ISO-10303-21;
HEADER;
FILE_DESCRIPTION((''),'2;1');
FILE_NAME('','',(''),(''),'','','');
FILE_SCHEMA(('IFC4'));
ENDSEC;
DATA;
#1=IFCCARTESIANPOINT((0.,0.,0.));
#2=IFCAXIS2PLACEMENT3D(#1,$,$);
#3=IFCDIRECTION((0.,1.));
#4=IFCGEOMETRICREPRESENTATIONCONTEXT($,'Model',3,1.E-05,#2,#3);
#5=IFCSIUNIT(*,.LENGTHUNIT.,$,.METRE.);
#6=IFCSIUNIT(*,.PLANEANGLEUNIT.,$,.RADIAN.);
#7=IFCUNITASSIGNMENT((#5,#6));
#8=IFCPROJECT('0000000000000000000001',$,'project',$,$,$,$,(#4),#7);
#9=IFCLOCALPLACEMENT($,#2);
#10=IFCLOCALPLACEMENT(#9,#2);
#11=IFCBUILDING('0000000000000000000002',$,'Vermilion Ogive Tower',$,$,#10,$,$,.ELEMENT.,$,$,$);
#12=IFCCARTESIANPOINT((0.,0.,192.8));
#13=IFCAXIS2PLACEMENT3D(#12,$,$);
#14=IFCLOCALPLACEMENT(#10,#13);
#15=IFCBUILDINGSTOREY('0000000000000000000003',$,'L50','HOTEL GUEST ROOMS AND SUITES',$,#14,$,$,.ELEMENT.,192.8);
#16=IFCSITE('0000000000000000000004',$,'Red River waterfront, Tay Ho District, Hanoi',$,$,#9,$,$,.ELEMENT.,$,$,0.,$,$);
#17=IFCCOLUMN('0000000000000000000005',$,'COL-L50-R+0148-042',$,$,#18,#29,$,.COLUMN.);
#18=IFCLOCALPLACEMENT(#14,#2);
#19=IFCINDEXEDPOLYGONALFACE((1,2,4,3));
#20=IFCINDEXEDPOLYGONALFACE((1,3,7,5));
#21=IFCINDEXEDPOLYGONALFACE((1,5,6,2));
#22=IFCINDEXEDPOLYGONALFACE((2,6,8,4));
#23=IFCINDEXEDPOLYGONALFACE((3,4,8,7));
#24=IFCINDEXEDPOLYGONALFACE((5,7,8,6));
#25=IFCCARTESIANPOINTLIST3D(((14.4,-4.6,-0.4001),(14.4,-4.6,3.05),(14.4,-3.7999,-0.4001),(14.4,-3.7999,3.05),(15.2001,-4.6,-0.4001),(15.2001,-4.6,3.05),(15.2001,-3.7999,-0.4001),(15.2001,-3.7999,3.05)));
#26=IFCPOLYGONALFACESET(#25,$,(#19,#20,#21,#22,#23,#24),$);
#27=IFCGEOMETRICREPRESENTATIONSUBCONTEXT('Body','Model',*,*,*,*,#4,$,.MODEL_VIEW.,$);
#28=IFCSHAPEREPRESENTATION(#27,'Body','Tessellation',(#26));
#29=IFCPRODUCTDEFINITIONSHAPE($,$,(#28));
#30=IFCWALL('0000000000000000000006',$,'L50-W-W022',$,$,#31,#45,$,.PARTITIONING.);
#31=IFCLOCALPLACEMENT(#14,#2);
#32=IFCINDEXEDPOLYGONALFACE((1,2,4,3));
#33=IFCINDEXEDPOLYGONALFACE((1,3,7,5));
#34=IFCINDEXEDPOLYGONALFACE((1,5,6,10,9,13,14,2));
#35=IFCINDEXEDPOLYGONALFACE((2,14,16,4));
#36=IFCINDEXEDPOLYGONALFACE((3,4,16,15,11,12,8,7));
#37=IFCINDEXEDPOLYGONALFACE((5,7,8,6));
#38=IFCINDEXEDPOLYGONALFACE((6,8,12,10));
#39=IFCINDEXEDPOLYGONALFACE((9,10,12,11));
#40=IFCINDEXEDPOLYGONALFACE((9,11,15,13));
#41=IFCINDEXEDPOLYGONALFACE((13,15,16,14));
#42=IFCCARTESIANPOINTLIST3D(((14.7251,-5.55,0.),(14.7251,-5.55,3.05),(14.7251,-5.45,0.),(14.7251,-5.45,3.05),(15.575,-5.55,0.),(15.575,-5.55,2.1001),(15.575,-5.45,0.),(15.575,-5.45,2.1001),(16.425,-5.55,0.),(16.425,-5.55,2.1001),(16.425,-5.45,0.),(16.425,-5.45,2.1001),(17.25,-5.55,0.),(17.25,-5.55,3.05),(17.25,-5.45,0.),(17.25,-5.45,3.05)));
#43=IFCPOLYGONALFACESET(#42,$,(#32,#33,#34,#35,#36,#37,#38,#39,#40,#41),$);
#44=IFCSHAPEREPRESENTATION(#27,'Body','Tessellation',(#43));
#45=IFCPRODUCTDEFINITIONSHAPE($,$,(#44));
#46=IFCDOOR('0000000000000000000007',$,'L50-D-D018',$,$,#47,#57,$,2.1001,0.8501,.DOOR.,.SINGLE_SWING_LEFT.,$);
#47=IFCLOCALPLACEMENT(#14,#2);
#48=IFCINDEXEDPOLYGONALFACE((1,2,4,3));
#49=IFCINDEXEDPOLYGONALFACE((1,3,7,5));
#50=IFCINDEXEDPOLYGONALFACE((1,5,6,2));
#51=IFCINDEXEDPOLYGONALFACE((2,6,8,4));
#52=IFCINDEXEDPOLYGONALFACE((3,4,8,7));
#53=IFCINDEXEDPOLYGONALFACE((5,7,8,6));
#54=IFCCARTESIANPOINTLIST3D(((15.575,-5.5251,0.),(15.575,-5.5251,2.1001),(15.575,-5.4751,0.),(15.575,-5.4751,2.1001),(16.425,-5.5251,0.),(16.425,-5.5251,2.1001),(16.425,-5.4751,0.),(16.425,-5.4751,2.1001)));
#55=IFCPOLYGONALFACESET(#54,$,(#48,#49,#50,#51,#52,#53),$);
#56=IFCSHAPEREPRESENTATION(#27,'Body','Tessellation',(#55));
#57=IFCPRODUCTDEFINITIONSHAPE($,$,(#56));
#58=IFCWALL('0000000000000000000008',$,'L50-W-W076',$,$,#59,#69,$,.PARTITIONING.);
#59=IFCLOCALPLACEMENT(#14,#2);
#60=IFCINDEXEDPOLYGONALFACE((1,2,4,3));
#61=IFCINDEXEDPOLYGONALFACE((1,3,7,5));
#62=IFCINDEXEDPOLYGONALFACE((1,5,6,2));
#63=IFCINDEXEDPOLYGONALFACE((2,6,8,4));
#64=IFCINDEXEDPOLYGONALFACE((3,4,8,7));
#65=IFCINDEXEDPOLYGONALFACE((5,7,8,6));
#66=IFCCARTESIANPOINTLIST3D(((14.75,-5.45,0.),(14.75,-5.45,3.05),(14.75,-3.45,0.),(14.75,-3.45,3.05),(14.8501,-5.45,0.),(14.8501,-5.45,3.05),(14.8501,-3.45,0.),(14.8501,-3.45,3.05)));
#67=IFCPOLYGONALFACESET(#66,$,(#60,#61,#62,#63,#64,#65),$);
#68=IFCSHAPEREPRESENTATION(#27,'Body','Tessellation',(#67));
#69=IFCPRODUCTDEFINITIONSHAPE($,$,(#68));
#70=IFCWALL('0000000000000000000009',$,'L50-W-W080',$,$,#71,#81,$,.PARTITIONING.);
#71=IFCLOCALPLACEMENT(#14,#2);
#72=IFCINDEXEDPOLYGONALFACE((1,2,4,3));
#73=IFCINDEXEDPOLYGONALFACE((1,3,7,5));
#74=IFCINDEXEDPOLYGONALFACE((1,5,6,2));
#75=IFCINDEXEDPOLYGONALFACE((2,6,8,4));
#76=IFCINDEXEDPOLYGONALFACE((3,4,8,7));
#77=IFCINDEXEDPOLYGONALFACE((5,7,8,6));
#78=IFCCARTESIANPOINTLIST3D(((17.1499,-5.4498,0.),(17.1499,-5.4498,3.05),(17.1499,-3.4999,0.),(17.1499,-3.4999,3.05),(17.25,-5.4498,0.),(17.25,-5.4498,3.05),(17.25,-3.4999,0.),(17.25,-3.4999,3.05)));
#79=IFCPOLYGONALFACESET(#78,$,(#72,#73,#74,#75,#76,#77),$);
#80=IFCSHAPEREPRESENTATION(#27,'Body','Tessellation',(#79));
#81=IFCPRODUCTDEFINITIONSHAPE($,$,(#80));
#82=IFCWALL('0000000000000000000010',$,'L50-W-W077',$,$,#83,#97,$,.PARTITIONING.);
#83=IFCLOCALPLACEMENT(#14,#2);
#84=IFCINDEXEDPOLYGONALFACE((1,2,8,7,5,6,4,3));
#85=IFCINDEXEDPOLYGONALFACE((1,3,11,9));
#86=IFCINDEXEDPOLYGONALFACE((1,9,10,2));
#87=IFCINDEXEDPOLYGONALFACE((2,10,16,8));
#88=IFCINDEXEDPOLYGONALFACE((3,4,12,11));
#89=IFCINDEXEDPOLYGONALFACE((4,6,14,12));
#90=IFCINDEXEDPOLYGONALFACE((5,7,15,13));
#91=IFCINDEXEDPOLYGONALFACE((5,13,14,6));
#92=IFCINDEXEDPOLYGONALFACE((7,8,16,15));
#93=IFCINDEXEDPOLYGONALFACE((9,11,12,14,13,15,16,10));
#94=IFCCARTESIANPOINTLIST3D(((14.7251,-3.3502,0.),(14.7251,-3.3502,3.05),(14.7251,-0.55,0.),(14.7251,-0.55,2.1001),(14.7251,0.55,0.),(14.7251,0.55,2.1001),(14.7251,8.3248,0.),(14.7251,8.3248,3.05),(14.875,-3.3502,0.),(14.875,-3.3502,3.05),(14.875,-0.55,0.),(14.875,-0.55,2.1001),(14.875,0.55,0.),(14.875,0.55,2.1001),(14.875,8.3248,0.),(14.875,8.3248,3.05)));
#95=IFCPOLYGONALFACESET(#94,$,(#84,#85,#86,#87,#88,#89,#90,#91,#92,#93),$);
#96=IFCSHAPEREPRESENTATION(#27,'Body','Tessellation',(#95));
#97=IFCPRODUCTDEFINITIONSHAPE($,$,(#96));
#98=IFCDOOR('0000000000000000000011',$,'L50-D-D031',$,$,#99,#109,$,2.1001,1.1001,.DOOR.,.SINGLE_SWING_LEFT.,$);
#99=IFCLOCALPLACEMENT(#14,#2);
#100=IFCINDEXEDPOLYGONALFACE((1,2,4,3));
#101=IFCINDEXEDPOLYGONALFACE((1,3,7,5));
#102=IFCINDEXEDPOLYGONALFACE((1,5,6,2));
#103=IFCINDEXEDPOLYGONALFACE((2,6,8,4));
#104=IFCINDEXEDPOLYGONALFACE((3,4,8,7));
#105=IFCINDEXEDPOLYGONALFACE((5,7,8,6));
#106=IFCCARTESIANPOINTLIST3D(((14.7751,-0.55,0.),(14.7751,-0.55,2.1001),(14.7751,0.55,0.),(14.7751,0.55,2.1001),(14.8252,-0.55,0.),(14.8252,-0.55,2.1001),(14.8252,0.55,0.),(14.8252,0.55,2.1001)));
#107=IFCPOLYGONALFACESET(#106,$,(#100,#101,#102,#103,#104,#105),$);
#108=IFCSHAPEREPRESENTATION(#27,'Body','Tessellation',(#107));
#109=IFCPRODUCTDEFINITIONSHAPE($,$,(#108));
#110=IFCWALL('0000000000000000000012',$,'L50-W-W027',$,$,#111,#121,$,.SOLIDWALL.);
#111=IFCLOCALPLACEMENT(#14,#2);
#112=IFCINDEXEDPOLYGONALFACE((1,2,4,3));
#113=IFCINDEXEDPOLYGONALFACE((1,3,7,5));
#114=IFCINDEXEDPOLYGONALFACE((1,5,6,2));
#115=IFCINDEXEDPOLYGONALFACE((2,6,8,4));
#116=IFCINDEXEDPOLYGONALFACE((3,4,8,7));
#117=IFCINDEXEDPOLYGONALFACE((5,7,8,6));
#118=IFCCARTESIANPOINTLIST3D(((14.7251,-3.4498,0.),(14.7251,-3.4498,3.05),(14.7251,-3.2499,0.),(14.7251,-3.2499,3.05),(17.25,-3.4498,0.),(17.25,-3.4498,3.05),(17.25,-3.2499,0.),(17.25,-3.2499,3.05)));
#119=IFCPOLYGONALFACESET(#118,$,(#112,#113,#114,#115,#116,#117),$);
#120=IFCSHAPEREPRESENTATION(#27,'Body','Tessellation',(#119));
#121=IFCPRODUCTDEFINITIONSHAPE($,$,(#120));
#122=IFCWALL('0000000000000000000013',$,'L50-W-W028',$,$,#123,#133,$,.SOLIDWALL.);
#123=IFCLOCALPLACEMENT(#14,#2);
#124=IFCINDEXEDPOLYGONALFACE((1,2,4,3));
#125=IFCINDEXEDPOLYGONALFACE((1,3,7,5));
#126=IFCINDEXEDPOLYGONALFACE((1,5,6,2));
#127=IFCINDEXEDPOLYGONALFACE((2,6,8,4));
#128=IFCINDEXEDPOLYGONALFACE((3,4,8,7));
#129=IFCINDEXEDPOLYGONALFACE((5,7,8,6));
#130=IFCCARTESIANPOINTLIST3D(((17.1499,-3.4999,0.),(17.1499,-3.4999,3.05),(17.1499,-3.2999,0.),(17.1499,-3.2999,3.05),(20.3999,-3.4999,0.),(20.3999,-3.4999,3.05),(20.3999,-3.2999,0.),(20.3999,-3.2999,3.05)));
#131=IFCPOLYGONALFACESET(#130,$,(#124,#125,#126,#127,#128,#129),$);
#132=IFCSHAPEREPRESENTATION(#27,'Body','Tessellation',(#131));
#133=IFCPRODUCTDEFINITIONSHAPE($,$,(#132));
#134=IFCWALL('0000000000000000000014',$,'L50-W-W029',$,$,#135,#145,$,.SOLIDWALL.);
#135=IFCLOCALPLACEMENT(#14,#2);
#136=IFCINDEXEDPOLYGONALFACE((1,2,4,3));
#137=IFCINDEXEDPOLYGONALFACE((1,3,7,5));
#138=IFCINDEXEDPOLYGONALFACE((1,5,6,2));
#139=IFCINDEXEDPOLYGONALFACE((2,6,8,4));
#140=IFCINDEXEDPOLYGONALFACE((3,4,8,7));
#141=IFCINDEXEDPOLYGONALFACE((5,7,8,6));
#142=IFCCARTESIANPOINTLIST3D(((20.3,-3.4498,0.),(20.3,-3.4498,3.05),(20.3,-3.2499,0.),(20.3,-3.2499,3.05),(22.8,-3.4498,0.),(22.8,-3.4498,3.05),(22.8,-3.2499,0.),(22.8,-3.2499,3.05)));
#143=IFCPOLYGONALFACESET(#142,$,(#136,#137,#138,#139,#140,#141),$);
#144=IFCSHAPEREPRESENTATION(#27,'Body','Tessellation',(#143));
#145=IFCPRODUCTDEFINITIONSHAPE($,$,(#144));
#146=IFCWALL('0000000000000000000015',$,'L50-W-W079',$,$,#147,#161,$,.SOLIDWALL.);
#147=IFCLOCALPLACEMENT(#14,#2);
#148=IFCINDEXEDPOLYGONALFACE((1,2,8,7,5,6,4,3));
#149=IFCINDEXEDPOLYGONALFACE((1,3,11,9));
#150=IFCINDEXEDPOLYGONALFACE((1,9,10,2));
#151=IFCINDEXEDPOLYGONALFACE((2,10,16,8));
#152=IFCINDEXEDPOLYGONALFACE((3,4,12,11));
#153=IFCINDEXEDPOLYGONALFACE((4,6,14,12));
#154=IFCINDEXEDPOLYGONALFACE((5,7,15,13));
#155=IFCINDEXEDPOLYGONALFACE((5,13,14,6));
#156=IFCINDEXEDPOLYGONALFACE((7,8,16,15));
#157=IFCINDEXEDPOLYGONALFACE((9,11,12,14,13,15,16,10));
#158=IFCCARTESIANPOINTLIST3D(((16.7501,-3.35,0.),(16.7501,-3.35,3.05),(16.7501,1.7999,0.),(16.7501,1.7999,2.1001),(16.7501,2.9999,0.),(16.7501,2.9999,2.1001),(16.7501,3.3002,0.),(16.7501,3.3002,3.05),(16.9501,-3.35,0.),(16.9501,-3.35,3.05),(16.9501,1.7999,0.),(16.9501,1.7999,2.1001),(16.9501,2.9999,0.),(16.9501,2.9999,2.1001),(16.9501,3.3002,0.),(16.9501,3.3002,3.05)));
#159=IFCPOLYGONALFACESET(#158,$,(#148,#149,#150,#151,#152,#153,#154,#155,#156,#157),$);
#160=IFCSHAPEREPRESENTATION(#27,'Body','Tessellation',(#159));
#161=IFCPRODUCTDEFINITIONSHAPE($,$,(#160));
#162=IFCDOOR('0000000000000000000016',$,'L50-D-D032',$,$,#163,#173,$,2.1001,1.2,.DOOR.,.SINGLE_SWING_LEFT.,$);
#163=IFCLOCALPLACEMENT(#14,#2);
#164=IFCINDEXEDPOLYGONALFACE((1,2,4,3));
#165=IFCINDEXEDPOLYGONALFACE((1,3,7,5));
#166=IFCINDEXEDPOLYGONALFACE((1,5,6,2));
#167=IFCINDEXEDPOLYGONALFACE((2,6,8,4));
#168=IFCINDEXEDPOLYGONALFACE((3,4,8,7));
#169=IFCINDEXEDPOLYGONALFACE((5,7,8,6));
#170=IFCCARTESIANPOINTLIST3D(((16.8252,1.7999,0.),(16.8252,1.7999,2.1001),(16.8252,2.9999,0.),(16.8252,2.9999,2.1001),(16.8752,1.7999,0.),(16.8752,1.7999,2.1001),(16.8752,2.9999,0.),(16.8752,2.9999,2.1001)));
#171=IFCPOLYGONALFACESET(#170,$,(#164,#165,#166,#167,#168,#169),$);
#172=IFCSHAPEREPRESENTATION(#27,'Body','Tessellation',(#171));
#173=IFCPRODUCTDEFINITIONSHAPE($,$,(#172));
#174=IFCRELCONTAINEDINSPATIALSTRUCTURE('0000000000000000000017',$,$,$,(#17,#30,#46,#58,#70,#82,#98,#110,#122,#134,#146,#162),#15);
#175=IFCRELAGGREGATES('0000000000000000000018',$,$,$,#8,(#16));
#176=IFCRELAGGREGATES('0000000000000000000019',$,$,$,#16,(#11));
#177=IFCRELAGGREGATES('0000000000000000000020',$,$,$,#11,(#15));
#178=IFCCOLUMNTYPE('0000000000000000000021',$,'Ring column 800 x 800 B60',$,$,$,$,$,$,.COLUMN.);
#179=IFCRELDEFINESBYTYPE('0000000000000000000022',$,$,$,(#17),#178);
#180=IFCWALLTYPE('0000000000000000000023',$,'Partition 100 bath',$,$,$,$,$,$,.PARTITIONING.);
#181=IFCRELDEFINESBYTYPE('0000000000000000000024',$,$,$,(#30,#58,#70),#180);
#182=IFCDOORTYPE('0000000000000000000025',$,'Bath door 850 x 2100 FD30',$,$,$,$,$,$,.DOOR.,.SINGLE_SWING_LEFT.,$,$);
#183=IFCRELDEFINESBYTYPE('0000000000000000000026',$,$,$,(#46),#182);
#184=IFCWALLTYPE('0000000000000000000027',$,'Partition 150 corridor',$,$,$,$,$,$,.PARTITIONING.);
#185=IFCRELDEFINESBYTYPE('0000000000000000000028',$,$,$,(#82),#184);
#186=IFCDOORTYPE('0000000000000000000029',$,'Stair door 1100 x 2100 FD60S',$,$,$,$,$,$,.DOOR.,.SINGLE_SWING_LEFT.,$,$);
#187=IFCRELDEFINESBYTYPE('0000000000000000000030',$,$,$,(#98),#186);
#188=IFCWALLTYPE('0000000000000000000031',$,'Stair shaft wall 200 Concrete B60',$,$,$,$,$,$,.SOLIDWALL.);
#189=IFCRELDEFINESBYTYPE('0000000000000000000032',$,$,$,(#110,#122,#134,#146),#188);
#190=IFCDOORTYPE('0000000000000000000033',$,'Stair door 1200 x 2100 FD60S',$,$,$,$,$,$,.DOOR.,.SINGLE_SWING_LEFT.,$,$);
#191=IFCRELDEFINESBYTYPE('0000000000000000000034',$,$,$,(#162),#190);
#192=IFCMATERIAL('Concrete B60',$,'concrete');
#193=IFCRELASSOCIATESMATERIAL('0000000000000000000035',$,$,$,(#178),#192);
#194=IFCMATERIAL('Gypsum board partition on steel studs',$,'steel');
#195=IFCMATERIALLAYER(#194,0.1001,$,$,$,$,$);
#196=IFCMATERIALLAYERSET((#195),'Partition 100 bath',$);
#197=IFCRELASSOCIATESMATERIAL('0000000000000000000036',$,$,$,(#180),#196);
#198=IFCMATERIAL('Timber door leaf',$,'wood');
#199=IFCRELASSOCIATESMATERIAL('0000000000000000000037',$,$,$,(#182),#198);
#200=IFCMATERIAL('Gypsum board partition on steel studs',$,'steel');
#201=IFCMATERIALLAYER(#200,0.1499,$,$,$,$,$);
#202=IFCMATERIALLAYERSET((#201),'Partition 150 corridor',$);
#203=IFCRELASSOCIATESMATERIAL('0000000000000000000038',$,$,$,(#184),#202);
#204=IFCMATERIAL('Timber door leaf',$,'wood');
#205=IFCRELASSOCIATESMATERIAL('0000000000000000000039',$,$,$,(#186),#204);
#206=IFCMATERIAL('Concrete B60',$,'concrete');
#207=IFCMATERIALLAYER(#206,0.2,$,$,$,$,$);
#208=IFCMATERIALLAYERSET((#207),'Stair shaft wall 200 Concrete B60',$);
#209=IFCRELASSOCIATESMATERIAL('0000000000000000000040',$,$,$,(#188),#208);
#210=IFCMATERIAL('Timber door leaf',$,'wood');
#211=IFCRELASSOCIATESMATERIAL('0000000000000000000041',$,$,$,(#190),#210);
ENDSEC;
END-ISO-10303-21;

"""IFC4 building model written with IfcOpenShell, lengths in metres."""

from ifc_helpers import new_model, si_unit, direction, frame, frame_2d, origin, origin_2d, place, context, subcontext, project, spatial, rectangle, extrude, material, layer, layer_set, material_profile, profile_set, type_object, element, fill, save


model = new_model("IFC4")

# Units and contexts
model_context = context("Model", 3, precision=1e-05, world=origin(), true_north=direction((0.0, 1.0)))
body_context = subcontext(model_context, "Body", "Model", "MODEL_VIEW")
ifc_project = project(units=[si_unit("LENGTHUNIT", "METRE"), si_unit("PLANEANGLEUNIT", "RADIAN")], contexts=[model_context])

# Site, building, storey
site_placement = place(None, origin())
site = spatial("IfcSite", under=ifc_project, at=site_placement, Name="Red River waterfront, Tay Ho District, Hanoi", CompositionType="ELEMENT", RefElevation=0.0)
building_placement = place(site_placement, origin())
building = spatial("IfcBuilding", under=site, at=building_placement, Name="Vermilion Ogive Tower", CompositionType="ELEMENT")
storey_placement = place(building_placement, frame((0.0, 0.0, 192.8)))
storey = spatial("IfcBuildingStorey", under=building, at=storey_placement, Name="L50", Description="HOTEL GUEST ROOMS AND SUITES", CompositionType="ELEMENT", Elevation=192.8)

# Column
ifc_material_1 = material(Name="Concrete B60", Category="concrete")
ifc_material_profile = material_profile(ifc_material_1, rectangle(XDim=0.8, YDim=0.8, at=origin_2d()), Name="800 x 800")
ifc_profile_set = profile_set([ifc_material_profile], Name="Concrete B60")
column_type = type_object("IfcColumnType", Name="Ring column 800 x 800 B60", PredefinedType="COLUMN", material=ifc_profile_set)
column_placement = place(storey_placement, frame((14.8, -4.2, -0.4001), z_axis=(0.0, 0.0, 1.0), x_axis=(1.0, 0.0, 0.0)))
element("IfcColumn", 1, at=column_placement, inside=storey, type_object=column_type, Name="COL-L50-R+0148-042", PredefinedType="COLUMN", context=body_context, shape_type="SweptSolid", body=[
    extrude(rectangle(XDim=0.8, YDim=0.8, at=origin_2d()), origin(), (0.0, 0.0, 1.0), 3.4502),
])

# Wall, opening, door
ifc_material_2 = material(Name="Gypsum board partition on steel studs", Category="steel")
ifc_layer_1 = layer(ifc_material_2, 0.1001)
ifc_layer_set_1 = layer_set([ifc_layer_1], Name="Partition 100 bath")
wall_type_1 = type_object("IfcWallType", Name="Partition 100 bath", PredefinedType="PARTITIONING", material=ifc_layer_set_1)
wall_1_placement = place(storey_placement, frame((14.7251, -5.5, 0.0), z_axis=(0.0, 0.0, 1.0), x_axis=(1.0, 0.0, 0.0)))
wall_1 = element("IfcWall", 2, at=wall_1_placement, inside=storey, type_object=wall_type_1, Name="L50-W-W022", PredefinedType="PARTITIONING", context=body_context, shape_type="SweptSolid", body=[
    extrude(rectangle(XDim=2.5249, YDim=0.1001, at=frame_2d((1.2625, 0.0))), origin(), (0.0, 0.0, 1.0), 3.05),
])
opening_1_placement = place(wall_1_placement, frame((0.8499, 0.0, 0.0)))
opening_1 = element("IfcOpeningElement", 3, at=opening_1_placement, cuts=wall_1, PredefinedType="OPENING", context=body_context, shape_type="SweptSolid", body=[
    extrude(rectangle(XDim=0.8501, YDim=2.1001, at=frame_2d((0.425, 1.05))), frame((0.0, 0.0601, 0.0), z_axis=(0.0, -1.0, 0.0), x_axis=(1.0, 0.0, 0.0)), (0.0, 0.0, 1.0), 0.1201),
])
ifc_material_3 = material(Name="Timber door leaf", Category="wood")
door_type_1 = type_object("IfcDoorType", Name="Bath door 850 x 2100 FD30", OperationType="SINGLE_SWING_LEFT", PredefinedType="DOOR", material=ifc_material_3)
door_1_placement = place(opening_1_placement, origin())
door_1 = element("IfcDoor", 4, at=door_1_placement, inside=storey, type_object=door_type_1, Name="L50-D-D018", OperationType="SINGLE_SWING_LEFT", OverallHeight=2.1001, OverallWidth=0.8501, PredefinedType="DOOR", context=body_context, shape_type="SweptSolid", body=[
    extrude(rectangle(XDim=0.8501, YDim=2.1001, at=frame_2d((0.425, 1.05))), frame((0.0, 0.0249, 0.0), z_axis=(0.0, -1.0, 0.0), x_axis=(1.0, 0.0, 0.0)), (0.0, 0.0, 1.0), 0.05),
])
fill(opening_1, door_1)

# Walls
wall_2_placement = place(storey_placement, frame((14.8, -5.45, 0.0), z_axis=(0.0, 0.0, 1.0), x_axis=(0.0, 1.0, 0.0)))
element("IfcWall", 5, at=wall_2_placement, inside=storey, type_object=wall_type_1, Name="L50-W-W076", PredefinedType="PARTITIONING", context=body_context, shape_type="SweptSolid", body=[
    extrude(rectangle(XDim=2.0, YDim=0.1001, at=frame_2d((1.0, 0.0))), origin(), (0.0, 0.0, 1.0), 3.05),
])
wall_3_placement = place(storey_placement, frame((17.2, -5.45, 0.0), z_axis=(0.0, 0.0, 1.0), x_axis=(0.0, 1.0, 0.0)))
element("IfcWall", 6, at=wall_3_placement, inside=storey, type_object=wall_type_1, Name="L50-W-W080", PredefinedType="PARTITIONING", context=body_context, shape_type="SweptSolid", body=[
    extrude(rectangle(XDim=1.95, YDim=0.1001, at=frame_2d((0.9751, 0.0))), origin(), (0.0, 0.0, 1.0), 3.05),
])

# Wall, opening, door
ifc_material_4 = material(Name="Gypsum board partition on steel studs", Category="steel")
ifc_layer_2 = layer(ifc_material_4, 0.1499)
ifc_layer_set_2 = layer_set([ifc_layer_2], Name="Partition 150 corridor")
wall_type_2 = type_object("IfcWallType", Name="Partition 150 corridor", PredefinedType="PARTITIONING", material=ifc_layer_set_2)
wall_4_placement = place(storey_placement, frame((14.8, -3.3501, 0.0), z_axis=(0.0, 0.0, 1.0), x_axis=(0.0, 1.0, 0.0)))
wall_4 = element("IfcWall", 7, at=wall_4_placement, inside=storey, type_object=wall_type_2, Name="L50-W-W077", PredefinedType="PARTITIONING", context=body_context, shape_type="SweptSolid", body=[
    extrude(rectangle(XDim=11.675, YDim=0.1499, at=frame_2d((5.8374, 0.0))), origin(), (0.0, 0.0, 1.0), 3.05),
])
opening_2_placement = place(wall_4_placement, frame((2.8, 0.0, 0.0)))
opening_2 = element("IfcOpeningElement", 8, at=opening_2_placement, cuts=wall_4, PredefinedType="OPENING", context=body_context, shape_type="SweptSolid", body=[
    extrude(rectangle(XDim=1.1001, YDim=2.1001, at=frame_2d((0.55, 1.05))), frame((0.0, 0.085, 0.0), z_axis=(0.0, -1.0, 0.0), x_axis=(1.0, 0.0, 0.0)), (0.0, 0.0, 1.0), 0.1699),
])
ifc_material_5 = material(Name="Timber door leaf", Category="wood")
door_type_2 = type_object("IfcDoorType", Name="Stair door 1100 x 2100 FD60S", OperationType="SINGLE_SWING_LEFT", PredefinedType="DOOR", material=ifc_material_5)
door_2_placement = place(opening_2_placement, origin())
door_2 = element("IfcDoor", 9, at=door_2_placement, inside=storey, type_object=door_type_2, Name="L50-D-D031", OperationType="SINGLE_SWING_LEFT", OverallHeight=2.1001, OverallWidth=1.1001, PredefinedType="DOOR", context=body_context, shape_type="SweptSolid", body=[
    extrude(rectangle(XDim=1.1001, YDim=2.1001, at=frame_2d((0.55, 1.05))), frame((0.0, 0.0249, 0.0), z_axis=(0.0, -1.0, 0.0), x_axis=(1.0, 0.0, 0.0)), (0.0, 0.0, 1.0), 0.05),
])
fill(opening_2, door_2)

# Walls
ifc_material_6 = material(Name="Concrete B60", Category="concrete")
ifc_layer_3 = layer(ifc_material_6, 0.2)
ifc_layer_set_3 = layer_set([ifc_layer_3], Name="Stair shaft wall 200 Concrete B60")
wall_type_3 = type_object("IfcWallType", Name="Stair shaft wall 200 Concrete B60", PredefinedType="SOLIDWALL", material=ifc_layer_set_3)
wall_5_placement = place(storey_placement, frame((14.7251, -3.3499, 0.0), z_axis=(0.0, 0.0, 1.0), x_axis=(1.0, 0.0, 0.0)))
element("IfcWall", 10, at=wall_5_placement, inside=storey, type_object=wall_type_3, Name="L50-W-W027", PredefinedType="SOLIDWALL", context=body_context, shape_type="SweptSolid", body=[
    extrude(rectangle(XDim=2.5249, YDim=0.2, at=frame_2d((1.2625, 0.0))), origin(), (0.0, 0.0, 1.0), 3.05),
])
wall_6_placement = place(storey_placement, frame((17.1499, -3.3999, 0.0), z_axis=(0.0, 0.0, 1.0), x_axis=(1.0, 0.0, 0.0)))
element("IfcWall", 11, at=wall_6_placement, inside=storey, type_object=wall_type_3, Name="L50-W-W028", PredefinedType="SOLIDWALL", context=body_context, shape_type="SweptSolid", body=[
    extrude(rectangle(XDim=3.25, YDim=0.2, at=frame_2d((1.625, 0.0))), origin(), (0.0, 0.0, 1.0), 3.05),
])
wall_7_placement = place(storey_placement, frame((20.3, -3.3499, 0.0), z_axis=(0.0, 0.0, 1.0), x_axis=(1.0, 0.0, 0.0)))
element("IfcWall", 12, at=wall_7_placement, inside=storey, type_object=wall_type_3, Name="L50-W-W029", PredefinedType="SOLIDWALL", context=body_context, shape_type="SweptSolid", body=[
    extrude(rectangle(XDim=2.5, YDim=0.2, at=frame_2d((1.25, 0.0))), origin(), (0.0, 0.0, 1.0), 3.05),
])

# Wall, opening, door
wall_8_placement = place(storey_placement, frame((16.8501, -3.3501, 0.0), z_axis=(0.0, 0.0, 1.0), x_axis=(0.0, 1.0, 0.0)))
wall_8 = element("IfcWall", 13, at=wall_8_placement, inside=storey, type_object=wall_type_3, Name="L50-W-W079", PredefinedType="SOLIDWALL", context=body_context, shape_type="SweptSolid", body=[
    extrude(rectangle(XDim=6.6501, YDim=0.2, at=frame_2d((3.3252, 0.0))), origin(), (0.0, 0.0, 1.0), 3.05),
])
opening_3_placement = place(wall_8_placement, frame((5.1499, 0.0, 0.0)))
opening_3 = element("IfcOpeningElement", 14, at=opening_3_placement, cuts=wall_8, PredefinedType="OPENING", context=body_context, shape_type="SweptSolid", body=[
    extrude(rectangle(XDim=1.2, YDim=2.1001, at=frame_2d((0.6001, 1.05))), frame((0.0, 0.1099, 0.0), z_axis=(0.0, -1.0, 0.0), x_axis=(1.0, 0.0, 0.0)), (0.0, 0.0, 1.0), 0.22),
])
ifc_material_7 = material(Name="Timber door leaf", Category="wood")
door_type_3 = type_object("IfcDoorType", Name="Stair door 1200 x 2100 FD60S", OperationType="SINGLE_SWING_LEFT", PredefinedType="DOOR", material=ifc_material_7)
door_3_placement = place(opening_3_placement, origin())
door_3 = element("IfcDoor", 15, at=door_3_placement, inside=storey, type_object=door_type_3, Name="L50-D-D032", OperationType="SINGLE_SWING_LEFT", OverallHeight=2.1001, OverallWidth=1.2, PredefinedType="DOOR", context=body_context, shape_type="SweptSolid", body=[
    extrude(rectangle(XDim=1.2, YDim=2.1001, at=frame_2d((0.6001, 1.05))), frame((0.0, 0.0249, 0.0), z_axis=(0.0, -1.0, 0.0), x_axis=(1.0, 0.0, 0.0)), (0.0, 0.0, 1.0), 0.05),
])
fill(opening_3, door_3)

save(model, "model.ifc")
